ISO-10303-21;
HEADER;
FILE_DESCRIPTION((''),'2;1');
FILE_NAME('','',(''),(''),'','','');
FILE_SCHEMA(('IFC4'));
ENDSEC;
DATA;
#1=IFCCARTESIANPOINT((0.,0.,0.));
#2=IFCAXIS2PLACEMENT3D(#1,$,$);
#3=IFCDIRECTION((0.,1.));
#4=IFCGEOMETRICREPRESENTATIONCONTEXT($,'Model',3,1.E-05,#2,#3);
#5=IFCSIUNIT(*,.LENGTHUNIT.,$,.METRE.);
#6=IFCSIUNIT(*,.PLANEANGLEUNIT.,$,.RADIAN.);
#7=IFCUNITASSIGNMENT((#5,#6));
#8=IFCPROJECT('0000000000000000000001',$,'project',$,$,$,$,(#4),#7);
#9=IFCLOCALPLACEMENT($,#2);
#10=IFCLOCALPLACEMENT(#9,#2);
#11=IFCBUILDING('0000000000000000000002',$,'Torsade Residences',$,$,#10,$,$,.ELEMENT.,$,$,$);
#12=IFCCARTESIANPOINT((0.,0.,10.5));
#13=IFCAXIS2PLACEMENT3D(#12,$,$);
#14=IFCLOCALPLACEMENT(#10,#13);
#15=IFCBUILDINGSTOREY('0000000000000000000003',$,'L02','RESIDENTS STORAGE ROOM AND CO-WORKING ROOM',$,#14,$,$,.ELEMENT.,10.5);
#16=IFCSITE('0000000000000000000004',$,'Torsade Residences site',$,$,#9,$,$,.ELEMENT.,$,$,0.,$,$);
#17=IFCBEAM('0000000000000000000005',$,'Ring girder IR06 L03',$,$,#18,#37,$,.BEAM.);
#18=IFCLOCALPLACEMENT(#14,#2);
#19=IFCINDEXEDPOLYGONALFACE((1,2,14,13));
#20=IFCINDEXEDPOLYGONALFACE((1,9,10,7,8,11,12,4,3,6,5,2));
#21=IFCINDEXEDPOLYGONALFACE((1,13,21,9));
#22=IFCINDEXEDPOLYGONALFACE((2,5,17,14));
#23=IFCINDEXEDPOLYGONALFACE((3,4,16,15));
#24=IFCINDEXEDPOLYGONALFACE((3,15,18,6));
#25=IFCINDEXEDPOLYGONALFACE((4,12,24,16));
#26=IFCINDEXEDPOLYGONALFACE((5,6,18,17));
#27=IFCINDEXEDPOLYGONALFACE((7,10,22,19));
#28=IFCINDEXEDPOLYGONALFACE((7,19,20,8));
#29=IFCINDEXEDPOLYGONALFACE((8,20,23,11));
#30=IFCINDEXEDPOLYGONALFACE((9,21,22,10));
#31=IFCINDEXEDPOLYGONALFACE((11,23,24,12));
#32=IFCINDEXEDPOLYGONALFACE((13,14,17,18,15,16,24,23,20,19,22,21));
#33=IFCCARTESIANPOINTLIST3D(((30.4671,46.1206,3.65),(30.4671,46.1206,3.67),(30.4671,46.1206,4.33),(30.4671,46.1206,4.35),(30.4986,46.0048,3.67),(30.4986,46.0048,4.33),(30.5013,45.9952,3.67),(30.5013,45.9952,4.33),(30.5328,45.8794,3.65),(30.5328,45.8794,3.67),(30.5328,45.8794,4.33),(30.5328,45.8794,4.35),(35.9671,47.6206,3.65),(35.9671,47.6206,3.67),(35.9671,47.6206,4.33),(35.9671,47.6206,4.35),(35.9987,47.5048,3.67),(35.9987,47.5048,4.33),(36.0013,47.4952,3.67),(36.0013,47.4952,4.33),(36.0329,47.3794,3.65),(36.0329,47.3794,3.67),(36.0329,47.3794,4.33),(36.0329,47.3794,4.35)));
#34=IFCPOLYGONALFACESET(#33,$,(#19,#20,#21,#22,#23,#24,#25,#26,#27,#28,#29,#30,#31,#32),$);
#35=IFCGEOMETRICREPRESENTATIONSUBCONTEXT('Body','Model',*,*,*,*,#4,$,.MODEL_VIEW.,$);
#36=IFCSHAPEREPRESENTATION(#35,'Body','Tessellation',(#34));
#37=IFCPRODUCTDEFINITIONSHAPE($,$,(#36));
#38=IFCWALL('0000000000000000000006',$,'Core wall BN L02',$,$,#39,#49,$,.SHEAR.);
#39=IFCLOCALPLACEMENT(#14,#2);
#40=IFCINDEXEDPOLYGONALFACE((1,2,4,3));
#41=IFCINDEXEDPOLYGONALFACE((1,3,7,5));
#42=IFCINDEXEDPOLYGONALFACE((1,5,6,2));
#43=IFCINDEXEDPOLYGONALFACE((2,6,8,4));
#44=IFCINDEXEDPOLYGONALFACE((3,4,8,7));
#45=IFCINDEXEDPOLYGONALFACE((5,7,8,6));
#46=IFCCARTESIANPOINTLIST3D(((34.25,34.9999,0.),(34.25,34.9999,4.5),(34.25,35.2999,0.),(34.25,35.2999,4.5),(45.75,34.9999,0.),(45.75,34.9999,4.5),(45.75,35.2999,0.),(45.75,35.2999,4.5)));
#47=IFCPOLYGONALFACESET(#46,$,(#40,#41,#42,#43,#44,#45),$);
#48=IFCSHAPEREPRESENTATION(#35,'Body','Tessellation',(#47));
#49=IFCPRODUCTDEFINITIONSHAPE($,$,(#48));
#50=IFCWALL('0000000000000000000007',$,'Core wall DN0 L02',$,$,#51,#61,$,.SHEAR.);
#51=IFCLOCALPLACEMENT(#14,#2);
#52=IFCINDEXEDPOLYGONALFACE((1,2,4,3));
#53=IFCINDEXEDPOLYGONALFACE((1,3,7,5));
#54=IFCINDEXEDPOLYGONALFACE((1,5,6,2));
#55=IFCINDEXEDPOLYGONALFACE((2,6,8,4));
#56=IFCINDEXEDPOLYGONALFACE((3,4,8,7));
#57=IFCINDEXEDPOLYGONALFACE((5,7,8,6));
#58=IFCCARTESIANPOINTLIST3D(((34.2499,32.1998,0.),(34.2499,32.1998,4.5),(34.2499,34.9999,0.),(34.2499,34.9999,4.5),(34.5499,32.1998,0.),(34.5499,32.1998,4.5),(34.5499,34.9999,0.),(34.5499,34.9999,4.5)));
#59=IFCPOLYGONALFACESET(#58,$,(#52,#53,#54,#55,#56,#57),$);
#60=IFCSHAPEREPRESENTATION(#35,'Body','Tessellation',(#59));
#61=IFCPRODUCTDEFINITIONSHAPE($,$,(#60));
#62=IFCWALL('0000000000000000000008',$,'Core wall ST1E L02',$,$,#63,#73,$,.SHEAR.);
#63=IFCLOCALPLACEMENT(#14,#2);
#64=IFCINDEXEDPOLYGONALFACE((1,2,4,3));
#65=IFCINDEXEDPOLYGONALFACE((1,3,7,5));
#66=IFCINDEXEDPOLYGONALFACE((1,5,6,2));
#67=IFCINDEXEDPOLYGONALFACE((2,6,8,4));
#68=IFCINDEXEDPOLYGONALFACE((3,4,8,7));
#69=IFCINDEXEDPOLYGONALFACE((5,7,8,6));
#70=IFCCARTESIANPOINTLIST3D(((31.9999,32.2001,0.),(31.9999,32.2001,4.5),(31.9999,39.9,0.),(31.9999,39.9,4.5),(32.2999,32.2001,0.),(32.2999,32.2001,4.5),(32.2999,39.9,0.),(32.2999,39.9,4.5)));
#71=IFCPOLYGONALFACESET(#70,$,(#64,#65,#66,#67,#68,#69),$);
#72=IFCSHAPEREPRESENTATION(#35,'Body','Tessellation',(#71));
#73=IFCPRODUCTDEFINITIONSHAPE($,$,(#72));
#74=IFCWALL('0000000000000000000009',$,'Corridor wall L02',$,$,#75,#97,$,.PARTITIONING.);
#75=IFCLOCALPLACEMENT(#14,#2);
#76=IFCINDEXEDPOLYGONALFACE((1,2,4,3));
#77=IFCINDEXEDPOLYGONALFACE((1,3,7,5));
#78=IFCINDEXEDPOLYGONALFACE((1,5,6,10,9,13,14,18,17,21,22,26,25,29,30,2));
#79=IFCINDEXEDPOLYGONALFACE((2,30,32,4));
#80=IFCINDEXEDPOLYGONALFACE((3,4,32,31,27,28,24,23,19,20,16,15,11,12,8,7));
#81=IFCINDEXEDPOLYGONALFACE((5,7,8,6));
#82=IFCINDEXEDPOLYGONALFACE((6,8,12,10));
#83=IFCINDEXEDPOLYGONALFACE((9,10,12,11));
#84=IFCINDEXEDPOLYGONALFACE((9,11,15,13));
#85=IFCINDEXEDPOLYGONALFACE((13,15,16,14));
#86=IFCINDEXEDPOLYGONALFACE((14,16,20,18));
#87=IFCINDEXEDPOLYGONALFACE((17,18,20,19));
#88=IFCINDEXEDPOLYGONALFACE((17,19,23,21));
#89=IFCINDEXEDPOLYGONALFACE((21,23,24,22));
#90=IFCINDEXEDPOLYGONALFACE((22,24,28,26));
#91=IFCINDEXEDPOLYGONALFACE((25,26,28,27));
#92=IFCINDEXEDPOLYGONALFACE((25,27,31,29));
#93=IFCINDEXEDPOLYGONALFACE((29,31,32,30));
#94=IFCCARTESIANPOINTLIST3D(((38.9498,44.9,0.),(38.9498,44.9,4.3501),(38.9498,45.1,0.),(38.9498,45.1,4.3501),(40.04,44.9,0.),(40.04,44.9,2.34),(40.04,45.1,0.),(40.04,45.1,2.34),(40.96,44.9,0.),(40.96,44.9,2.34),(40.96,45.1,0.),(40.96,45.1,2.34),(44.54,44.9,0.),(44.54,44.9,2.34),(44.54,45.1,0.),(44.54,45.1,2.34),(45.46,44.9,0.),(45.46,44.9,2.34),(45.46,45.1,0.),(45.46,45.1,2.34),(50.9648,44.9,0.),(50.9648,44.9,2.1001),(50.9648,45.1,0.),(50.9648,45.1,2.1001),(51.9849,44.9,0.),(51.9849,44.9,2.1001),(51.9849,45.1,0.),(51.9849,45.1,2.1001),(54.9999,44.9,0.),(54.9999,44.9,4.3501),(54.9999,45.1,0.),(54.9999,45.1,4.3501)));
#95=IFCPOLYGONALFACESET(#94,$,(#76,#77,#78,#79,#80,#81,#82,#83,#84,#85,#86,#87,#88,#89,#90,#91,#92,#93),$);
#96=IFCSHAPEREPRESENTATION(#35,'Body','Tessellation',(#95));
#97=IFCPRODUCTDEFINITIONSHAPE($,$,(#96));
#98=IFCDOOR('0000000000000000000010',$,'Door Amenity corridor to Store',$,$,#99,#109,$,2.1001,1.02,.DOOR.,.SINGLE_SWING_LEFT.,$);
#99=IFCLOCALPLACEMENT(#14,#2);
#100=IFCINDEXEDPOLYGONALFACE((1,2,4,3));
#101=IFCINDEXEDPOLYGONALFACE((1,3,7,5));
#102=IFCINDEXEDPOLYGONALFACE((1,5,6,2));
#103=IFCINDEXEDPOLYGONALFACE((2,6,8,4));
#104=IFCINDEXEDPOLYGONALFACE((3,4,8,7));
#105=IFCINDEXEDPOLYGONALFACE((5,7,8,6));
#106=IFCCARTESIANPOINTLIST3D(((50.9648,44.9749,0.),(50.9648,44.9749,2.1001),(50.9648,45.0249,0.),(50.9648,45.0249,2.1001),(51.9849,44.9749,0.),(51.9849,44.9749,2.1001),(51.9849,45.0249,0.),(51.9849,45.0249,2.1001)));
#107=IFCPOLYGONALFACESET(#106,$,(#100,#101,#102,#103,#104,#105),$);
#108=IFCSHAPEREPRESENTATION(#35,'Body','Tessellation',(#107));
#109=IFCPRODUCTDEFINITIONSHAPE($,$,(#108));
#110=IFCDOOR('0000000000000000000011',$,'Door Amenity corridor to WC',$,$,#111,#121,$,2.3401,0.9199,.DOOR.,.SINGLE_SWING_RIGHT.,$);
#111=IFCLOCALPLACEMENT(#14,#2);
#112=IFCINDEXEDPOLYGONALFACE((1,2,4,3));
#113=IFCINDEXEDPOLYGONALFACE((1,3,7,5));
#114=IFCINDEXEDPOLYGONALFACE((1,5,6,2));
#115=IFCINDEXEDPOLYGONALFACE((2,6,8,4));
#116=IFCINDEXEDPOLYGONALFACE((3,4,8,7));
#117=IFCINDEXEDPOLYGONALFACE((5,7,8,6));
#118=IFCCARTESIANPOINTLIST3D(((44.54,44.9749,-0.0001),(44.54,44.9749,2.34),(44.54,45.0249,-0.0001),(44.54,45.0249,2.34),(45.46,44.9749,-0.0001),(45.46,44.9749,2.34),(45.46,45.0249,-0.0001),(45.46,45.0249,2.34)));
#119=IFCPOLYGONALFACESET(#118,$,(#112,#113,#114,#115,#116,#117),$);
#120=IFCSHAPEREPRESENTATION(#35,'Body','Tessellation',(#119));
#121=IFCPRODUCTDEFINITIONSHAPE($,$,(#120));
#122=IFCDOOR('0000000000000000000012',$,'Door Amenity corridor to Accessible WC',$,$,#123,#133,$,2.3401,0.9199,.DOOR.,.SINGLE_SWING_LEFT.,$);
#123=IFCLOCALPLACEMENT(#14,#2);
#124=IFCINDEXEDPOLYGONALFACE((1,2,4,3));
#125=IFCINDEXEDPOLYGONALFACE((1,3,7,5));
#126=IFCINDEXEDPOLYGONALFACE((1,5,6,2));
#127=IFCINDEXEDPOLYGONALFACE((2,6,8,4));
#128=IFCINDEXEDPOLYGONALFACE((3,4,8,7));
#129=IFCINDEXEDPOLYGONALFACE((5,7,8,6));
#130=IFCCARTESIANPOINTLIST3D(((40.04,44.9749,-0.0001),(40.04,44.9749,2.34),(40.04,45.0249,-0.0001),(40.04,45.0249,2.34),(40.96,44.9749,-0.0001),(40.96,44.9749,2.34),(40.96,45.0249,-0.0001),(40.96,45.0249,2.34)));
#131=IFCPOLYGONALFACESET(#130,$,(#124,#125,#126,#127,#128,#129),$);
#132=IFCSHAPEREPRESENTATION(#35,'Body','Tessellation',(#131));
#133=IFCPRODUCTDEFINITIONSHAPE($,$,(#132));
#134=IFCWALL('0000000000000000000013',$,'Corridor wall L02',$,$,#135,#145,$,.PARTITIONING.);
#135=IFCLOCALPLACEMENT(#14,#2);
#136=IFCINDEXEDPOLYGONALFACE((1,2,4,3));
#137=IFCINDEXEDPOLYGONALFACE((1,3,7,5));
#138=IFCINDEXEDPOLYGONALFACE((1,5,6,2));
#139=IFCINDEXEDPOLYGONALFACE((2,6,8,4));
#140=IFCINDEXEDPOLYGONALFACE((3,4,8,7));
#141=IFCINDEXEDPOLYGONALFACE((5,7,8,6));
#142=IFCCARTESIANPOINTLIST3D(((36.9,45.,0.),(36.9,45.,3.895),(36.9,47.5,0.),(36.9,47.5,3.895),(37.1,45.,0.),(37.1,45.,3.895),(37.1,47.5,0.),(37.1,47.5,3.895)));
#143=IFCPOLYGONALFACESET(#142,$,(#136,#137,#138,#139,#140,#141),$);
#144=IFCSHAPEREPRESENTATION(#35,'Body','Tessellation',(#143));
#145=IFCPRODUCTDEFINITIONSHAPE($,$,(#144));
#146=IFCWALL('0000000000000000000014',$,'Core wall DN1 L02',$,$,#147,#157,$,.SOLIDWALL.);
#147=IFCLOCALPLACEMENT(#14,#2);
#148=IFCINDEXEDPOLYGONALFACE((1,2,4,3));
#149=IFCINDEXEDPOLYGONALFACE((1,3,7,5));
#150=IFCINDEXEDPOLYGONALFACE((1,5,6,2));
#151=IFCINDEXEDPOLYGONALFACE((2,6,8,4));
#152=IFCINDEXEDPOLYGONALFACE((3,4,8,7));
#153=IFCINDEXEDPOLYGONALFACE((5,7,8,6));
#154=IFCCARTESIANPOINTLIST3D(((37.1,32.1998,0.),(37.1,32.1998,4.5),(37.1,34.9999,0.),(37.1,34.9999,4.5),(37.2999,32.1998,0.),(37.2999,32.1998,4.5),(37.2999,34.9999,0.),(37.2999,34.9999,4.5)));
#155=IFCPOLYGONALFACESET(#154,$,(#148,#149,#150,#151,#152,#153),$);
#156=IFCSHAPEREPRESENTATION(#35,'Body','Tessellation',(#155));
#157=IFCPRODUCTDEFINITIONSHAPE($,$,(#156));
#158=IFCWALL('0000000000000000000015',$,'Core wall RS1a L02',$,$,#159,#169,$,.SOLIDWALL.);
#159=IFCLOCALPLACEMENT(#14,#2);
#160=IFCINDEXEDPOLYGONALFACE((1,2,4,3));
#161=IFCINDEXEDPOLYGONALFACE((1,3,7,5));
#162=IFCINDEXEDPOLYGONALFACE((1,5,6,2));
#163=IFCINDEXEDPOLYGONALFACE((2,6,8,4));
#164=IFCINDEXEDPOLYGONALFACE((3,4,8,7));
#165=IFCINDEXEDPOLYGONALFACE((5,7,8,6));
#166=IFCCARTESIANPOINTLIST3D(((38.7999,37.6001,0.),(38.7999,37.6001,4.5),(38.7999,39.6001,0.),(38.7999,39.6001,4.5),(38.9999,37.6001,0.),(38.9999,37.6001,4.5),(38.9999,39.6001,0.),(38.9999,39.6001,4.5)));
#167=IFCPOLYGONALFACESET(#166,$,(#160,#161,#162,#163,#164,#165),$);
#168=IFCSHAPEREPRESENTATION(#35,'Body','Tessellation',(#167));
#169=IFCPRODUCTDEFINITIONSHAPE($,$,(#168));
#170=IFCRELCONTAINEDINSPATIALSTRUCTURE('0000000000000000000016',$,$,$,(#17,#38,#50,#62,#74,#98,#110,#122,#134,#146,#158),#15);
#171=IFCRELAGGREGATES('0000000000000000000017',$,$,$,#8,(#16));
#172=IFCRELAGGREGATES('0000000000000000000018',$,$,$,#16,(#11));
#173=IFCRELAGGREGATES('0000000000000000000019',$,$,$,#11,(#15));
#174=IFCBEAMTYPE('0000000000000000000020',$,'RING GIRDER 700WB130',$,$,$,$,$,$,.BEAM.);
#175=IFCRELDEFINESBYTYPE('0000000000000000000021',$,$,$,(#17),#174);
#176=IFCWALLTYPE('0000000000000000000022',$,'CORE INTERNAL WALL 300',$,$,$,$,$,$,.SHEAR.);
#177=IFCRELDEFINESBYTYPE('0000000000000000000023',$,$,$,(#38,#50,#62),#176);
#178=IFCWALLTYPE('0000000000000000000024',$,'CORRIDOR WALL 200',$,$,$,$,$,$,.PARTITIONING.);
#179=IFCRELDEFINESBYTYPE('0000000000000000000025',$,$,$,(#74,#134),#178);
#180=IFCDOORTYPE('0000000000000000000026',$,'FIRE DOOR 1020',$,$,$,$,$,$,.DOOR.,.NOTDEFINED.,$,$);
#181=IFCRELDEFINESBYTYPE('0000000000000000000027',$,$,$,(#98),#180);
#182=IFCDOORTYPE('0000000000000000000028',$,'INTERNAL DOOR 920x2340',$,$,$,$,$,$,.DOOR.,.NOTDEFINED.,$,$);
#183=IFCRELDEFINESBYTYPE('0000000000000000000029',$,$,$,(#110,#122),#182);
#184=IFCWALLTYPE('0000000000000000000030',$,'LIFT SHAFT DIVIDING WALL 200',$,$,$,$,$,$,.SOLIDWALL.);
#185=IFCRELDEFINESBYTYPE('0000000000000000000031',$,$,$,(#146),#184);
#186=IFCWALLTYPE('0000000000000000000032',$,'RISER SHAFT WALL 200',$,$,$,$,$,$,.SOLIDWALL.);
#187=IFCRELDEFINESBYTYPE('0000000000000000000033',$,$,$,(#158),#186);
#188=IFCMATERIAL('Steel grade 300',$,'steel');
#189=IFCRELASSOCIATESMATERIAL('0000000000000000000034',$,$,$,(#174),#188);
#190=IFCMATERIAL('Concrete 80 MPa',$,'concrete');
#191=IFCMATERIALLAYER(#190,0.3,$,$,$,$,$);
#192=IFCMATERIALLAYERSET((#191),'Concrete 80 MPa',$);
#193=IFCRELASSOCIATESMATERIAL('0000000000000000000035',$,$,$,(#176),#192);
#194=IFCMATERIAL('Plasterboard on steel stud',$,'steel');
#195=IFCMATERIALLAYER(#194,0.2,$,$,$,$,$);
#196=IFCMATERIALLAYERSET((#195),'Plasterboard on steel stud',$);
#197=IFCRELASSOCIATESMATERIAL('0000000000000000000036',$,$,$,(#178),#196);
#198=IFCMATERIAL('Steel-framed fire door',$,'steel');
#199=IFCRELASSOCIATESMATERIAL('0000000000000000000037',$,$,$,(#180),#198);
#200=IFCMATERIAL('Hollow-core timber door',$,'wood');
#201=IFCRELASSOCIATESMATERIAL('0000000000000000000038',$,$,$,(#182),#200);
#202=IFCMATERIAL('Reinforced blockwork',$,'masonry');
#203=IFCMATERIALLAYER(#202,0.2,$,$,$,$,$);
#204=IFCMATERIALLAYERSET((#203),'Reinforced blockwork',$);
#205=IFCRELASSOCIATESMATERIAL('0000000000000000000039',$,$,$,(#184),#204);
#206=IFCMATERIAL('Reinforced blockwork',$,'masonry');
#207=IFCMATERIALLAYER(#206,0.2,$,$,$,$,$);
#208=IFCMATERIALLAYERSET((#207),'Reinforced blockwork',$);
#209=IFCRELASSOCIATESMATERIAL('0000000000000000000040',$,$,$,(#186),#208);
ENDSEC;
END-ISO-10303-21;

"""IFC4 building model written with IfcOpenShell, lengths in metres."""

from ifc_helpers import new_model, si_unit, direction, frame, frame_2d, origin, origin_2d, place, context, subcontext, project, spatial, rectangle, i_section, extrude, material, layer, layer_set, material_profile, profile_set, type_object, element, fill, save


model = new_model("IFC4")

# Units and contexts
model_context = context("Model", 3, precision=1e-05, world=origin(), true_north=direction((0.0, 1.0)))
body_context = subcontext(model_context, "Body", "Model", "MODEL_VIEW")
ifc_project = project(units=[si_unit("LENGTHUNIT", "METRE"), si_unit("PLANEANGLEUNIT", "RADIAN")], contexts=[model_context])

# Site, building, storey
site_placement = place(None, origin())
site = spatial("IfcSite", under=ifc_project, at=site_placement, Name="Torsade Residences site", CompositionType="ELEMENT", RefElevation=0.0)
building_placement = place(site_placement, origin())
building = spatial("IfcBuilding", under=site, at=building_placement, Name="Torsade Residences", CompositionType="ELEMENT")
storey_placement = place(building_placement, frame((0.0, 0.0, 10.5)))
storey = spatial("IfcBuildingStorey", under=building, at=storey_placement, Name="L02", Description="RESIDENTS STORAGE ROOM AND CO-WORKING ROOM", CompositionType="ELEMENT", Elevation=10.5)

# Beam
ifc_material_1 = material(Name="Steel grade 300", Category="steel")
ifc_material_profile_1 = material_profile(ifc_material_1, i_section(OverallWidth=0.25, OverallDepth=0.7, WebThickness=0.01, FlangeThickness=0.02, at=origin_2d()), Name="700WB130")
ifc_profile_set_1 = profile_set([ifc_material_profile_1], Name="Steel grade 300")
beam_type_1 = type_object("IfcBeamType", Name="RING GIRDER 700WB130", PredefinedType="BEAM", material=ifc_profile_set_1)
beam_1_placement = place(storey_placement, frame((36.0, 47.5, 4.0), z_axis=(-0.964764, -0.263117, 0.0), x_axis=(0.263117, -0.964764, 0.0)))
element("IfcBeam", 1, at=beam_1_placement, inside=storey, type_object=beam_type_1, Name="Ring girder IR06 L03", PredefinedType="BEAM", context=body_context, shape_type="SweptSolid", body=[
    extrude(i_section(OverallWidth=0.25, OverallDepth=0.7, WebThickness=0.01, FlangeThickness=0.02, at=origin_2d()), origin(), (0.0, 0.0, 1.0), 5.7009),
])

# Walls
ifc_material_2 = material(Name="Concrete 80 MPa", Category="concrete")
ifc_layer_1 = layer(ifc_material_2, 0.3)
ifc_layer_set_1 = layer_set([ifc_layer_1], Name="Concrete 80 MPa")
wall_type_1 = type_object("IfcWallType", Name="CORE INTERNAL WALL 300", PredefinedType="SHEAR", material=ifc_layer_set_1)
wall_1_placement = place(storey_placement, frame((34.25, 35.1499, 0.0), z_axis=(0.0, 0.0, 1.0), x_axis=(1.0, 0.0, 0.0)))
element("IfcWall", 2, at=wall_1_placement, inside=storey, type_object=wall_type_1, Name="Core wall BN L02", PredefinedType="SHEAR", context=body_context, shape_type="SweptSolid", body=[
    extrude(rectangle(XDim=11.5, YDim=0.3, at=frame_2d((5.75, 0.0))), origin(), (0.0, 0.0, 1.0), 4.5),
])
wall_2_placement = place(storey_placement, frame((34.3999, 32.2, 0.0), z_axis=(0.0, 0.0, 1.0), x_axis=(0.0, 1.0, 0.0)))
element("IfcWall", 3, at=wall_2_placement, inside=storey, type_object=wall_type_1, Name="Core wall DN0 L02", PredefinedType="SHEAR", context=body_context, shape_type="SweptSolid", body=[
    extrude(rectangle(XDim=2.8, YDim=0.3, at=frame_2d((1.3999, 0.0))), origin(), (0.0, 0.0, 1.0), 4.5),
])
wall_3_placement = place(storey_placement, frame((32.1499, 32.2, 0.0), z_axis=(0.0, 0.0, 1.0), x_axis=(0.0, 1.0, 0.0)))
element("IfcWall", 4, at=wall_3_placement, inside=storey, type_object=wall_type_1, Name="Core wall ST1E L02", PredefinedType="SHEAR", context=body_context, shape_type="SweptSolid", body=[
    extrude(rectangle(XDim=7.7, YDim=0.3, at=frame_2d((3.8501, 0.0))), origin(), (0.0, 0.0, 1.0), 4.5),
])

# Wall, openings, doors
ifc_material_3 = material(Name="Plasterboard on steel stud", Category="steel")
ifc_layer_2 = layer(ifc_material_3, 0.2)
ifc_layer_set_2 = layer_set([ifc_layer_2], Name="Plasterboard on steel stud")
wall_type_2 = type_object("IfcWallType", Name="CORRIDOR WALL 200", PredefinedType="PARTITIONING", material=ifc_layer_set_2)
wall_4_placement = place(storey_placement, frame((38.95, 45.0, 0.0), z_axis=(0.0, 0.0, 1.0), x_axis=(1.0, 0.0, 0.0)))
wall_4 = element("IfcWall", 5, at=wall_4_placement, inside=storey, type_object=wall_type_2, Name="Corridor wall L02", PredefinedType="PARTITIONING", context=body_context, shape_type="SweptSolid", body=[
    extrude(rectangle(XDim=16.05, YDim=0.2, at=frame_2d((8.0249, 0.0))), origin(), (0.0, 0.0, 1.0), 4.3501),
])
opening_1_placement = place(wall_4_placement, frame((12.0149, 0.0, 0.0)))
opening_1 = element("IfcOpeningElement", 6, at=opening_1_placement, cuts=wall_4, PredefinedType="OPENING", context=body_context, shape_type="SweptSolid", body=[
    extrude(rectangle(XDim=1.02, YDim=2.1001, at=frame_2d((0.51, 1.05))), frame((0.0, 0.1099, 0.0), z_axis=(0.0, -1.0, 0.0), x_axis=(1.0, 0.0, 0.0)), (0.0, 0.0, 1.0), 0.22),
])
opening_2_placement = place(wall_4_placement, frame((5.5901, 0.0, 0.0)))
opening_2 = element("IfcOpeningElement", 7, at=opening_2_placement, cuts=wall_4, PredefinedType="OPENING", context=body_context, shape_type="SweptSolid", body=[
    extrude(rectangle(XDim=0.9199, YDim=2.3401, at=frame_2d((0.46, 1.1699))), frame((0.0, 0.1099, 0.0), z_axis=(0.0, -1.0, 0.0), x_axis=(1.0, 0.0, 0.0)), (0.0, 0.0, 1.0), 0.22),
])
opening_3_placement = place(wall_4_placement, frame((1.0901, 0.0, 0.0)))
opening_3 = element("IfcOpeningElement", 8, at=opening_3_placement, cuts=wall_4, PredefinedType="OPENING", context=body_context, shape_type="SweptSolid", body=[
    extrude(rectangle(XDim=0.9199, YDim=2.3401, at=frame_2d((0.46, 1.1699))), frame((0.0, 0.1099, 0.0), z_axis=(0.0, -1.0, 0.0), x_axis=(1.0, 0.0, 0.0)), (0.0, 0.0, 1.0), 0.22),
])
ifc_material_4 = material(Name="Steel-framed fire door", Category="steel")
door_type_1 = type_object("IfcDoorType", Name="FIRE DOOR 1020", OperationType="NOTDEFINED", PredefinedType="DOOR", material=ifc_material_4)
door_1_placement = place(opening_1_placement, origin())
door_1 = element("IfcDoor", 9, at=door_1_placement, inside=storey, type_object=door_type_1, Name="Door Amenity corridor to Store", OperationType="SINGLE_SWING_LEFT", OverallHeight=2.1001, OverallWidth=1.02, PredefinedType="DOOR", context=body_context, shape_type="SweptSolid", body=[
    extrude(rectangle(XDim=1.02, YDim=2.1001, at=frame_2d((0.51, 1.05))), frame((0.0, 0.0249, 0.0), z_axis=(0.0, -1.0, 0.0), x_axis=(1.0, 0.0, 0.0)), (0.0, 0.0, 1.0), 0.05),
])
fill(opening_1, door_1)
ifc_material_5 = material(Name="Hollow-core timber door", Category="wood")
door_type_2 = type_object("IfcDoorType", Name="INTERNAL DOOR 920x2340", OperationType="NOTDEFINED", PredefinedType="DOOR", material=ifc_material_5)
door_2_placement = place(opening_2_placement, origin())
door_2 = element("IfcDoor", 10, at=door_2_placement, inside=storey, type_object=door_type_2, Name="Door Amenity corridor to WC", OperationType="SINGLE_SWING_RIGHT", OverallHeight=2.3401, OverallWidth=0.9199, PredefinedType="DOOR", context=body_context, shape_type="SweptSolid", body=[
    extrude(rectangle(XDim=0.9199, YDim=2.3401, at=frame_2d((0.46, 1.1699))), frame((0.0, 0.0249, 0.0), z_axis=(0.0, -1.0, 0.0), x_axis=(1.0, 0.0, 0.0)), (0.0, 0.0, 1.0), 0.05),
])
fill(opening_2, door_2)
door_3_placement = place(opening_3_placement, origin())
door_3 = element("IfcDoor", 11, at=door_3_placement, inside=storey, type_object=door_type_2, Name="Door Amenity corridor to Accessible WC", OperationType="SINGLE_SWING_LEFT", OverallHeight=2.3401, OverallWidth=0.9199, PredefinedType="DOOR", context=body_context, shape_type="SweptSolid", body=[
    extrude(rectangle(XDim=0.9199, YDim=2.3401, at=frame_2d((0.46, 1.1699))), frame((0.0, 0.0249, 0.0), z_axis=(0.0, -1.0, 0.0), x_axis=(1.0, 0.0, 0.0)), (0.0, 0.0, 1.0), 0.05),
])
fill(opening_3, door_3)

# Walls
wall_5_placement = place(storey_placement, frame((37.0, 47.5, 0.0), z_axis=(0.0, 0.0, 1.0), x_axis=(0.0, -1.0, 0.0)))
element("IfcWall", 12, at=wall_5_placement, inside=storey, type_object=wall_type_2, Name="Corridor wall L02", PredefinedType="PARTITIONING", context=body_context, shape_type="SweptSolid", body=[
    extrude(rectangle(XDim=2.5, YDim=0.2, at=frame_2d((1.25, 0.0))), origin(), (0.0, 0.0, 1.0), 3.895),
])
ifc_material_6 = material(Name="Reinforced blockwork", Category="masonry")
ifc_layer_3 = layer(ifc_material_6, 0.2)
ifc_layer_set_3 = layer_set([ifc_layer_3], Name="Reinforced blockwork")
wall_type_3 = type_object("IfcWallType", Name="LIFT SHAFT DIVIDING WALL 200", PredefinedType="SOLIDWALL", material=ifc_layer_set_3)
wall_6_placement = place(storey_placement, frame((37.2, 32.2, 0.0), z_axis=(0.0, 0.0, 1.0), x_axis=(0.0, 1.0, 0.0)))
element("IfcWall", 13, at=wall_6_placement, inside=storey, type_object=wall_type_3, Name="Core wall DN1 L02", PredefinedType="SOLIDWALL", context=body_context, shape_type="SweptSolid", body=[
    extrude(rectangle(XDim=2.8, YDim=0.2, at=frame_2d((1.3999, 0.0))), origin(), (0.0, 0.0, 1.0), 4.5),
])
ifc_material_7 = material(Name="Reinforced blockwork", Category="masonry")
ifc_layer_4 = layer(ifc_material_7, 0.2)
ifc_layer_set_4 = layer_set([ifc_layer_4], Name="Reinforced blockwork")
wall_type_4 = type_object("IfcWallType", Name="RISER SHAFT WALL 200", PredefinedType="SOLIDWALL", material=ifc_layer_set_4)
wall_7_placement = place(storey_placement, frame((38.8999, 37.6001, 0.0), z_axis=(0.0, 0.0, 1.0), x_axis=(0.0, 1.0, 0.0)))
element("IfcWall", 14, at=wall_7_placement, inside=storey, type_object=wall_type_4, Name="Core wall RS1a L02", PredefinedType="SOLIDWALL", context=body_context, shape_type="SweptSolid", body=[
    extrude(rectangle(XDim=2.0, YDim=0.2, at=frame_2d((1.0, 0.0))), origin(), (0.0, 0.0, 1.0), 4.5),
])

save(model, "model.ifc")
